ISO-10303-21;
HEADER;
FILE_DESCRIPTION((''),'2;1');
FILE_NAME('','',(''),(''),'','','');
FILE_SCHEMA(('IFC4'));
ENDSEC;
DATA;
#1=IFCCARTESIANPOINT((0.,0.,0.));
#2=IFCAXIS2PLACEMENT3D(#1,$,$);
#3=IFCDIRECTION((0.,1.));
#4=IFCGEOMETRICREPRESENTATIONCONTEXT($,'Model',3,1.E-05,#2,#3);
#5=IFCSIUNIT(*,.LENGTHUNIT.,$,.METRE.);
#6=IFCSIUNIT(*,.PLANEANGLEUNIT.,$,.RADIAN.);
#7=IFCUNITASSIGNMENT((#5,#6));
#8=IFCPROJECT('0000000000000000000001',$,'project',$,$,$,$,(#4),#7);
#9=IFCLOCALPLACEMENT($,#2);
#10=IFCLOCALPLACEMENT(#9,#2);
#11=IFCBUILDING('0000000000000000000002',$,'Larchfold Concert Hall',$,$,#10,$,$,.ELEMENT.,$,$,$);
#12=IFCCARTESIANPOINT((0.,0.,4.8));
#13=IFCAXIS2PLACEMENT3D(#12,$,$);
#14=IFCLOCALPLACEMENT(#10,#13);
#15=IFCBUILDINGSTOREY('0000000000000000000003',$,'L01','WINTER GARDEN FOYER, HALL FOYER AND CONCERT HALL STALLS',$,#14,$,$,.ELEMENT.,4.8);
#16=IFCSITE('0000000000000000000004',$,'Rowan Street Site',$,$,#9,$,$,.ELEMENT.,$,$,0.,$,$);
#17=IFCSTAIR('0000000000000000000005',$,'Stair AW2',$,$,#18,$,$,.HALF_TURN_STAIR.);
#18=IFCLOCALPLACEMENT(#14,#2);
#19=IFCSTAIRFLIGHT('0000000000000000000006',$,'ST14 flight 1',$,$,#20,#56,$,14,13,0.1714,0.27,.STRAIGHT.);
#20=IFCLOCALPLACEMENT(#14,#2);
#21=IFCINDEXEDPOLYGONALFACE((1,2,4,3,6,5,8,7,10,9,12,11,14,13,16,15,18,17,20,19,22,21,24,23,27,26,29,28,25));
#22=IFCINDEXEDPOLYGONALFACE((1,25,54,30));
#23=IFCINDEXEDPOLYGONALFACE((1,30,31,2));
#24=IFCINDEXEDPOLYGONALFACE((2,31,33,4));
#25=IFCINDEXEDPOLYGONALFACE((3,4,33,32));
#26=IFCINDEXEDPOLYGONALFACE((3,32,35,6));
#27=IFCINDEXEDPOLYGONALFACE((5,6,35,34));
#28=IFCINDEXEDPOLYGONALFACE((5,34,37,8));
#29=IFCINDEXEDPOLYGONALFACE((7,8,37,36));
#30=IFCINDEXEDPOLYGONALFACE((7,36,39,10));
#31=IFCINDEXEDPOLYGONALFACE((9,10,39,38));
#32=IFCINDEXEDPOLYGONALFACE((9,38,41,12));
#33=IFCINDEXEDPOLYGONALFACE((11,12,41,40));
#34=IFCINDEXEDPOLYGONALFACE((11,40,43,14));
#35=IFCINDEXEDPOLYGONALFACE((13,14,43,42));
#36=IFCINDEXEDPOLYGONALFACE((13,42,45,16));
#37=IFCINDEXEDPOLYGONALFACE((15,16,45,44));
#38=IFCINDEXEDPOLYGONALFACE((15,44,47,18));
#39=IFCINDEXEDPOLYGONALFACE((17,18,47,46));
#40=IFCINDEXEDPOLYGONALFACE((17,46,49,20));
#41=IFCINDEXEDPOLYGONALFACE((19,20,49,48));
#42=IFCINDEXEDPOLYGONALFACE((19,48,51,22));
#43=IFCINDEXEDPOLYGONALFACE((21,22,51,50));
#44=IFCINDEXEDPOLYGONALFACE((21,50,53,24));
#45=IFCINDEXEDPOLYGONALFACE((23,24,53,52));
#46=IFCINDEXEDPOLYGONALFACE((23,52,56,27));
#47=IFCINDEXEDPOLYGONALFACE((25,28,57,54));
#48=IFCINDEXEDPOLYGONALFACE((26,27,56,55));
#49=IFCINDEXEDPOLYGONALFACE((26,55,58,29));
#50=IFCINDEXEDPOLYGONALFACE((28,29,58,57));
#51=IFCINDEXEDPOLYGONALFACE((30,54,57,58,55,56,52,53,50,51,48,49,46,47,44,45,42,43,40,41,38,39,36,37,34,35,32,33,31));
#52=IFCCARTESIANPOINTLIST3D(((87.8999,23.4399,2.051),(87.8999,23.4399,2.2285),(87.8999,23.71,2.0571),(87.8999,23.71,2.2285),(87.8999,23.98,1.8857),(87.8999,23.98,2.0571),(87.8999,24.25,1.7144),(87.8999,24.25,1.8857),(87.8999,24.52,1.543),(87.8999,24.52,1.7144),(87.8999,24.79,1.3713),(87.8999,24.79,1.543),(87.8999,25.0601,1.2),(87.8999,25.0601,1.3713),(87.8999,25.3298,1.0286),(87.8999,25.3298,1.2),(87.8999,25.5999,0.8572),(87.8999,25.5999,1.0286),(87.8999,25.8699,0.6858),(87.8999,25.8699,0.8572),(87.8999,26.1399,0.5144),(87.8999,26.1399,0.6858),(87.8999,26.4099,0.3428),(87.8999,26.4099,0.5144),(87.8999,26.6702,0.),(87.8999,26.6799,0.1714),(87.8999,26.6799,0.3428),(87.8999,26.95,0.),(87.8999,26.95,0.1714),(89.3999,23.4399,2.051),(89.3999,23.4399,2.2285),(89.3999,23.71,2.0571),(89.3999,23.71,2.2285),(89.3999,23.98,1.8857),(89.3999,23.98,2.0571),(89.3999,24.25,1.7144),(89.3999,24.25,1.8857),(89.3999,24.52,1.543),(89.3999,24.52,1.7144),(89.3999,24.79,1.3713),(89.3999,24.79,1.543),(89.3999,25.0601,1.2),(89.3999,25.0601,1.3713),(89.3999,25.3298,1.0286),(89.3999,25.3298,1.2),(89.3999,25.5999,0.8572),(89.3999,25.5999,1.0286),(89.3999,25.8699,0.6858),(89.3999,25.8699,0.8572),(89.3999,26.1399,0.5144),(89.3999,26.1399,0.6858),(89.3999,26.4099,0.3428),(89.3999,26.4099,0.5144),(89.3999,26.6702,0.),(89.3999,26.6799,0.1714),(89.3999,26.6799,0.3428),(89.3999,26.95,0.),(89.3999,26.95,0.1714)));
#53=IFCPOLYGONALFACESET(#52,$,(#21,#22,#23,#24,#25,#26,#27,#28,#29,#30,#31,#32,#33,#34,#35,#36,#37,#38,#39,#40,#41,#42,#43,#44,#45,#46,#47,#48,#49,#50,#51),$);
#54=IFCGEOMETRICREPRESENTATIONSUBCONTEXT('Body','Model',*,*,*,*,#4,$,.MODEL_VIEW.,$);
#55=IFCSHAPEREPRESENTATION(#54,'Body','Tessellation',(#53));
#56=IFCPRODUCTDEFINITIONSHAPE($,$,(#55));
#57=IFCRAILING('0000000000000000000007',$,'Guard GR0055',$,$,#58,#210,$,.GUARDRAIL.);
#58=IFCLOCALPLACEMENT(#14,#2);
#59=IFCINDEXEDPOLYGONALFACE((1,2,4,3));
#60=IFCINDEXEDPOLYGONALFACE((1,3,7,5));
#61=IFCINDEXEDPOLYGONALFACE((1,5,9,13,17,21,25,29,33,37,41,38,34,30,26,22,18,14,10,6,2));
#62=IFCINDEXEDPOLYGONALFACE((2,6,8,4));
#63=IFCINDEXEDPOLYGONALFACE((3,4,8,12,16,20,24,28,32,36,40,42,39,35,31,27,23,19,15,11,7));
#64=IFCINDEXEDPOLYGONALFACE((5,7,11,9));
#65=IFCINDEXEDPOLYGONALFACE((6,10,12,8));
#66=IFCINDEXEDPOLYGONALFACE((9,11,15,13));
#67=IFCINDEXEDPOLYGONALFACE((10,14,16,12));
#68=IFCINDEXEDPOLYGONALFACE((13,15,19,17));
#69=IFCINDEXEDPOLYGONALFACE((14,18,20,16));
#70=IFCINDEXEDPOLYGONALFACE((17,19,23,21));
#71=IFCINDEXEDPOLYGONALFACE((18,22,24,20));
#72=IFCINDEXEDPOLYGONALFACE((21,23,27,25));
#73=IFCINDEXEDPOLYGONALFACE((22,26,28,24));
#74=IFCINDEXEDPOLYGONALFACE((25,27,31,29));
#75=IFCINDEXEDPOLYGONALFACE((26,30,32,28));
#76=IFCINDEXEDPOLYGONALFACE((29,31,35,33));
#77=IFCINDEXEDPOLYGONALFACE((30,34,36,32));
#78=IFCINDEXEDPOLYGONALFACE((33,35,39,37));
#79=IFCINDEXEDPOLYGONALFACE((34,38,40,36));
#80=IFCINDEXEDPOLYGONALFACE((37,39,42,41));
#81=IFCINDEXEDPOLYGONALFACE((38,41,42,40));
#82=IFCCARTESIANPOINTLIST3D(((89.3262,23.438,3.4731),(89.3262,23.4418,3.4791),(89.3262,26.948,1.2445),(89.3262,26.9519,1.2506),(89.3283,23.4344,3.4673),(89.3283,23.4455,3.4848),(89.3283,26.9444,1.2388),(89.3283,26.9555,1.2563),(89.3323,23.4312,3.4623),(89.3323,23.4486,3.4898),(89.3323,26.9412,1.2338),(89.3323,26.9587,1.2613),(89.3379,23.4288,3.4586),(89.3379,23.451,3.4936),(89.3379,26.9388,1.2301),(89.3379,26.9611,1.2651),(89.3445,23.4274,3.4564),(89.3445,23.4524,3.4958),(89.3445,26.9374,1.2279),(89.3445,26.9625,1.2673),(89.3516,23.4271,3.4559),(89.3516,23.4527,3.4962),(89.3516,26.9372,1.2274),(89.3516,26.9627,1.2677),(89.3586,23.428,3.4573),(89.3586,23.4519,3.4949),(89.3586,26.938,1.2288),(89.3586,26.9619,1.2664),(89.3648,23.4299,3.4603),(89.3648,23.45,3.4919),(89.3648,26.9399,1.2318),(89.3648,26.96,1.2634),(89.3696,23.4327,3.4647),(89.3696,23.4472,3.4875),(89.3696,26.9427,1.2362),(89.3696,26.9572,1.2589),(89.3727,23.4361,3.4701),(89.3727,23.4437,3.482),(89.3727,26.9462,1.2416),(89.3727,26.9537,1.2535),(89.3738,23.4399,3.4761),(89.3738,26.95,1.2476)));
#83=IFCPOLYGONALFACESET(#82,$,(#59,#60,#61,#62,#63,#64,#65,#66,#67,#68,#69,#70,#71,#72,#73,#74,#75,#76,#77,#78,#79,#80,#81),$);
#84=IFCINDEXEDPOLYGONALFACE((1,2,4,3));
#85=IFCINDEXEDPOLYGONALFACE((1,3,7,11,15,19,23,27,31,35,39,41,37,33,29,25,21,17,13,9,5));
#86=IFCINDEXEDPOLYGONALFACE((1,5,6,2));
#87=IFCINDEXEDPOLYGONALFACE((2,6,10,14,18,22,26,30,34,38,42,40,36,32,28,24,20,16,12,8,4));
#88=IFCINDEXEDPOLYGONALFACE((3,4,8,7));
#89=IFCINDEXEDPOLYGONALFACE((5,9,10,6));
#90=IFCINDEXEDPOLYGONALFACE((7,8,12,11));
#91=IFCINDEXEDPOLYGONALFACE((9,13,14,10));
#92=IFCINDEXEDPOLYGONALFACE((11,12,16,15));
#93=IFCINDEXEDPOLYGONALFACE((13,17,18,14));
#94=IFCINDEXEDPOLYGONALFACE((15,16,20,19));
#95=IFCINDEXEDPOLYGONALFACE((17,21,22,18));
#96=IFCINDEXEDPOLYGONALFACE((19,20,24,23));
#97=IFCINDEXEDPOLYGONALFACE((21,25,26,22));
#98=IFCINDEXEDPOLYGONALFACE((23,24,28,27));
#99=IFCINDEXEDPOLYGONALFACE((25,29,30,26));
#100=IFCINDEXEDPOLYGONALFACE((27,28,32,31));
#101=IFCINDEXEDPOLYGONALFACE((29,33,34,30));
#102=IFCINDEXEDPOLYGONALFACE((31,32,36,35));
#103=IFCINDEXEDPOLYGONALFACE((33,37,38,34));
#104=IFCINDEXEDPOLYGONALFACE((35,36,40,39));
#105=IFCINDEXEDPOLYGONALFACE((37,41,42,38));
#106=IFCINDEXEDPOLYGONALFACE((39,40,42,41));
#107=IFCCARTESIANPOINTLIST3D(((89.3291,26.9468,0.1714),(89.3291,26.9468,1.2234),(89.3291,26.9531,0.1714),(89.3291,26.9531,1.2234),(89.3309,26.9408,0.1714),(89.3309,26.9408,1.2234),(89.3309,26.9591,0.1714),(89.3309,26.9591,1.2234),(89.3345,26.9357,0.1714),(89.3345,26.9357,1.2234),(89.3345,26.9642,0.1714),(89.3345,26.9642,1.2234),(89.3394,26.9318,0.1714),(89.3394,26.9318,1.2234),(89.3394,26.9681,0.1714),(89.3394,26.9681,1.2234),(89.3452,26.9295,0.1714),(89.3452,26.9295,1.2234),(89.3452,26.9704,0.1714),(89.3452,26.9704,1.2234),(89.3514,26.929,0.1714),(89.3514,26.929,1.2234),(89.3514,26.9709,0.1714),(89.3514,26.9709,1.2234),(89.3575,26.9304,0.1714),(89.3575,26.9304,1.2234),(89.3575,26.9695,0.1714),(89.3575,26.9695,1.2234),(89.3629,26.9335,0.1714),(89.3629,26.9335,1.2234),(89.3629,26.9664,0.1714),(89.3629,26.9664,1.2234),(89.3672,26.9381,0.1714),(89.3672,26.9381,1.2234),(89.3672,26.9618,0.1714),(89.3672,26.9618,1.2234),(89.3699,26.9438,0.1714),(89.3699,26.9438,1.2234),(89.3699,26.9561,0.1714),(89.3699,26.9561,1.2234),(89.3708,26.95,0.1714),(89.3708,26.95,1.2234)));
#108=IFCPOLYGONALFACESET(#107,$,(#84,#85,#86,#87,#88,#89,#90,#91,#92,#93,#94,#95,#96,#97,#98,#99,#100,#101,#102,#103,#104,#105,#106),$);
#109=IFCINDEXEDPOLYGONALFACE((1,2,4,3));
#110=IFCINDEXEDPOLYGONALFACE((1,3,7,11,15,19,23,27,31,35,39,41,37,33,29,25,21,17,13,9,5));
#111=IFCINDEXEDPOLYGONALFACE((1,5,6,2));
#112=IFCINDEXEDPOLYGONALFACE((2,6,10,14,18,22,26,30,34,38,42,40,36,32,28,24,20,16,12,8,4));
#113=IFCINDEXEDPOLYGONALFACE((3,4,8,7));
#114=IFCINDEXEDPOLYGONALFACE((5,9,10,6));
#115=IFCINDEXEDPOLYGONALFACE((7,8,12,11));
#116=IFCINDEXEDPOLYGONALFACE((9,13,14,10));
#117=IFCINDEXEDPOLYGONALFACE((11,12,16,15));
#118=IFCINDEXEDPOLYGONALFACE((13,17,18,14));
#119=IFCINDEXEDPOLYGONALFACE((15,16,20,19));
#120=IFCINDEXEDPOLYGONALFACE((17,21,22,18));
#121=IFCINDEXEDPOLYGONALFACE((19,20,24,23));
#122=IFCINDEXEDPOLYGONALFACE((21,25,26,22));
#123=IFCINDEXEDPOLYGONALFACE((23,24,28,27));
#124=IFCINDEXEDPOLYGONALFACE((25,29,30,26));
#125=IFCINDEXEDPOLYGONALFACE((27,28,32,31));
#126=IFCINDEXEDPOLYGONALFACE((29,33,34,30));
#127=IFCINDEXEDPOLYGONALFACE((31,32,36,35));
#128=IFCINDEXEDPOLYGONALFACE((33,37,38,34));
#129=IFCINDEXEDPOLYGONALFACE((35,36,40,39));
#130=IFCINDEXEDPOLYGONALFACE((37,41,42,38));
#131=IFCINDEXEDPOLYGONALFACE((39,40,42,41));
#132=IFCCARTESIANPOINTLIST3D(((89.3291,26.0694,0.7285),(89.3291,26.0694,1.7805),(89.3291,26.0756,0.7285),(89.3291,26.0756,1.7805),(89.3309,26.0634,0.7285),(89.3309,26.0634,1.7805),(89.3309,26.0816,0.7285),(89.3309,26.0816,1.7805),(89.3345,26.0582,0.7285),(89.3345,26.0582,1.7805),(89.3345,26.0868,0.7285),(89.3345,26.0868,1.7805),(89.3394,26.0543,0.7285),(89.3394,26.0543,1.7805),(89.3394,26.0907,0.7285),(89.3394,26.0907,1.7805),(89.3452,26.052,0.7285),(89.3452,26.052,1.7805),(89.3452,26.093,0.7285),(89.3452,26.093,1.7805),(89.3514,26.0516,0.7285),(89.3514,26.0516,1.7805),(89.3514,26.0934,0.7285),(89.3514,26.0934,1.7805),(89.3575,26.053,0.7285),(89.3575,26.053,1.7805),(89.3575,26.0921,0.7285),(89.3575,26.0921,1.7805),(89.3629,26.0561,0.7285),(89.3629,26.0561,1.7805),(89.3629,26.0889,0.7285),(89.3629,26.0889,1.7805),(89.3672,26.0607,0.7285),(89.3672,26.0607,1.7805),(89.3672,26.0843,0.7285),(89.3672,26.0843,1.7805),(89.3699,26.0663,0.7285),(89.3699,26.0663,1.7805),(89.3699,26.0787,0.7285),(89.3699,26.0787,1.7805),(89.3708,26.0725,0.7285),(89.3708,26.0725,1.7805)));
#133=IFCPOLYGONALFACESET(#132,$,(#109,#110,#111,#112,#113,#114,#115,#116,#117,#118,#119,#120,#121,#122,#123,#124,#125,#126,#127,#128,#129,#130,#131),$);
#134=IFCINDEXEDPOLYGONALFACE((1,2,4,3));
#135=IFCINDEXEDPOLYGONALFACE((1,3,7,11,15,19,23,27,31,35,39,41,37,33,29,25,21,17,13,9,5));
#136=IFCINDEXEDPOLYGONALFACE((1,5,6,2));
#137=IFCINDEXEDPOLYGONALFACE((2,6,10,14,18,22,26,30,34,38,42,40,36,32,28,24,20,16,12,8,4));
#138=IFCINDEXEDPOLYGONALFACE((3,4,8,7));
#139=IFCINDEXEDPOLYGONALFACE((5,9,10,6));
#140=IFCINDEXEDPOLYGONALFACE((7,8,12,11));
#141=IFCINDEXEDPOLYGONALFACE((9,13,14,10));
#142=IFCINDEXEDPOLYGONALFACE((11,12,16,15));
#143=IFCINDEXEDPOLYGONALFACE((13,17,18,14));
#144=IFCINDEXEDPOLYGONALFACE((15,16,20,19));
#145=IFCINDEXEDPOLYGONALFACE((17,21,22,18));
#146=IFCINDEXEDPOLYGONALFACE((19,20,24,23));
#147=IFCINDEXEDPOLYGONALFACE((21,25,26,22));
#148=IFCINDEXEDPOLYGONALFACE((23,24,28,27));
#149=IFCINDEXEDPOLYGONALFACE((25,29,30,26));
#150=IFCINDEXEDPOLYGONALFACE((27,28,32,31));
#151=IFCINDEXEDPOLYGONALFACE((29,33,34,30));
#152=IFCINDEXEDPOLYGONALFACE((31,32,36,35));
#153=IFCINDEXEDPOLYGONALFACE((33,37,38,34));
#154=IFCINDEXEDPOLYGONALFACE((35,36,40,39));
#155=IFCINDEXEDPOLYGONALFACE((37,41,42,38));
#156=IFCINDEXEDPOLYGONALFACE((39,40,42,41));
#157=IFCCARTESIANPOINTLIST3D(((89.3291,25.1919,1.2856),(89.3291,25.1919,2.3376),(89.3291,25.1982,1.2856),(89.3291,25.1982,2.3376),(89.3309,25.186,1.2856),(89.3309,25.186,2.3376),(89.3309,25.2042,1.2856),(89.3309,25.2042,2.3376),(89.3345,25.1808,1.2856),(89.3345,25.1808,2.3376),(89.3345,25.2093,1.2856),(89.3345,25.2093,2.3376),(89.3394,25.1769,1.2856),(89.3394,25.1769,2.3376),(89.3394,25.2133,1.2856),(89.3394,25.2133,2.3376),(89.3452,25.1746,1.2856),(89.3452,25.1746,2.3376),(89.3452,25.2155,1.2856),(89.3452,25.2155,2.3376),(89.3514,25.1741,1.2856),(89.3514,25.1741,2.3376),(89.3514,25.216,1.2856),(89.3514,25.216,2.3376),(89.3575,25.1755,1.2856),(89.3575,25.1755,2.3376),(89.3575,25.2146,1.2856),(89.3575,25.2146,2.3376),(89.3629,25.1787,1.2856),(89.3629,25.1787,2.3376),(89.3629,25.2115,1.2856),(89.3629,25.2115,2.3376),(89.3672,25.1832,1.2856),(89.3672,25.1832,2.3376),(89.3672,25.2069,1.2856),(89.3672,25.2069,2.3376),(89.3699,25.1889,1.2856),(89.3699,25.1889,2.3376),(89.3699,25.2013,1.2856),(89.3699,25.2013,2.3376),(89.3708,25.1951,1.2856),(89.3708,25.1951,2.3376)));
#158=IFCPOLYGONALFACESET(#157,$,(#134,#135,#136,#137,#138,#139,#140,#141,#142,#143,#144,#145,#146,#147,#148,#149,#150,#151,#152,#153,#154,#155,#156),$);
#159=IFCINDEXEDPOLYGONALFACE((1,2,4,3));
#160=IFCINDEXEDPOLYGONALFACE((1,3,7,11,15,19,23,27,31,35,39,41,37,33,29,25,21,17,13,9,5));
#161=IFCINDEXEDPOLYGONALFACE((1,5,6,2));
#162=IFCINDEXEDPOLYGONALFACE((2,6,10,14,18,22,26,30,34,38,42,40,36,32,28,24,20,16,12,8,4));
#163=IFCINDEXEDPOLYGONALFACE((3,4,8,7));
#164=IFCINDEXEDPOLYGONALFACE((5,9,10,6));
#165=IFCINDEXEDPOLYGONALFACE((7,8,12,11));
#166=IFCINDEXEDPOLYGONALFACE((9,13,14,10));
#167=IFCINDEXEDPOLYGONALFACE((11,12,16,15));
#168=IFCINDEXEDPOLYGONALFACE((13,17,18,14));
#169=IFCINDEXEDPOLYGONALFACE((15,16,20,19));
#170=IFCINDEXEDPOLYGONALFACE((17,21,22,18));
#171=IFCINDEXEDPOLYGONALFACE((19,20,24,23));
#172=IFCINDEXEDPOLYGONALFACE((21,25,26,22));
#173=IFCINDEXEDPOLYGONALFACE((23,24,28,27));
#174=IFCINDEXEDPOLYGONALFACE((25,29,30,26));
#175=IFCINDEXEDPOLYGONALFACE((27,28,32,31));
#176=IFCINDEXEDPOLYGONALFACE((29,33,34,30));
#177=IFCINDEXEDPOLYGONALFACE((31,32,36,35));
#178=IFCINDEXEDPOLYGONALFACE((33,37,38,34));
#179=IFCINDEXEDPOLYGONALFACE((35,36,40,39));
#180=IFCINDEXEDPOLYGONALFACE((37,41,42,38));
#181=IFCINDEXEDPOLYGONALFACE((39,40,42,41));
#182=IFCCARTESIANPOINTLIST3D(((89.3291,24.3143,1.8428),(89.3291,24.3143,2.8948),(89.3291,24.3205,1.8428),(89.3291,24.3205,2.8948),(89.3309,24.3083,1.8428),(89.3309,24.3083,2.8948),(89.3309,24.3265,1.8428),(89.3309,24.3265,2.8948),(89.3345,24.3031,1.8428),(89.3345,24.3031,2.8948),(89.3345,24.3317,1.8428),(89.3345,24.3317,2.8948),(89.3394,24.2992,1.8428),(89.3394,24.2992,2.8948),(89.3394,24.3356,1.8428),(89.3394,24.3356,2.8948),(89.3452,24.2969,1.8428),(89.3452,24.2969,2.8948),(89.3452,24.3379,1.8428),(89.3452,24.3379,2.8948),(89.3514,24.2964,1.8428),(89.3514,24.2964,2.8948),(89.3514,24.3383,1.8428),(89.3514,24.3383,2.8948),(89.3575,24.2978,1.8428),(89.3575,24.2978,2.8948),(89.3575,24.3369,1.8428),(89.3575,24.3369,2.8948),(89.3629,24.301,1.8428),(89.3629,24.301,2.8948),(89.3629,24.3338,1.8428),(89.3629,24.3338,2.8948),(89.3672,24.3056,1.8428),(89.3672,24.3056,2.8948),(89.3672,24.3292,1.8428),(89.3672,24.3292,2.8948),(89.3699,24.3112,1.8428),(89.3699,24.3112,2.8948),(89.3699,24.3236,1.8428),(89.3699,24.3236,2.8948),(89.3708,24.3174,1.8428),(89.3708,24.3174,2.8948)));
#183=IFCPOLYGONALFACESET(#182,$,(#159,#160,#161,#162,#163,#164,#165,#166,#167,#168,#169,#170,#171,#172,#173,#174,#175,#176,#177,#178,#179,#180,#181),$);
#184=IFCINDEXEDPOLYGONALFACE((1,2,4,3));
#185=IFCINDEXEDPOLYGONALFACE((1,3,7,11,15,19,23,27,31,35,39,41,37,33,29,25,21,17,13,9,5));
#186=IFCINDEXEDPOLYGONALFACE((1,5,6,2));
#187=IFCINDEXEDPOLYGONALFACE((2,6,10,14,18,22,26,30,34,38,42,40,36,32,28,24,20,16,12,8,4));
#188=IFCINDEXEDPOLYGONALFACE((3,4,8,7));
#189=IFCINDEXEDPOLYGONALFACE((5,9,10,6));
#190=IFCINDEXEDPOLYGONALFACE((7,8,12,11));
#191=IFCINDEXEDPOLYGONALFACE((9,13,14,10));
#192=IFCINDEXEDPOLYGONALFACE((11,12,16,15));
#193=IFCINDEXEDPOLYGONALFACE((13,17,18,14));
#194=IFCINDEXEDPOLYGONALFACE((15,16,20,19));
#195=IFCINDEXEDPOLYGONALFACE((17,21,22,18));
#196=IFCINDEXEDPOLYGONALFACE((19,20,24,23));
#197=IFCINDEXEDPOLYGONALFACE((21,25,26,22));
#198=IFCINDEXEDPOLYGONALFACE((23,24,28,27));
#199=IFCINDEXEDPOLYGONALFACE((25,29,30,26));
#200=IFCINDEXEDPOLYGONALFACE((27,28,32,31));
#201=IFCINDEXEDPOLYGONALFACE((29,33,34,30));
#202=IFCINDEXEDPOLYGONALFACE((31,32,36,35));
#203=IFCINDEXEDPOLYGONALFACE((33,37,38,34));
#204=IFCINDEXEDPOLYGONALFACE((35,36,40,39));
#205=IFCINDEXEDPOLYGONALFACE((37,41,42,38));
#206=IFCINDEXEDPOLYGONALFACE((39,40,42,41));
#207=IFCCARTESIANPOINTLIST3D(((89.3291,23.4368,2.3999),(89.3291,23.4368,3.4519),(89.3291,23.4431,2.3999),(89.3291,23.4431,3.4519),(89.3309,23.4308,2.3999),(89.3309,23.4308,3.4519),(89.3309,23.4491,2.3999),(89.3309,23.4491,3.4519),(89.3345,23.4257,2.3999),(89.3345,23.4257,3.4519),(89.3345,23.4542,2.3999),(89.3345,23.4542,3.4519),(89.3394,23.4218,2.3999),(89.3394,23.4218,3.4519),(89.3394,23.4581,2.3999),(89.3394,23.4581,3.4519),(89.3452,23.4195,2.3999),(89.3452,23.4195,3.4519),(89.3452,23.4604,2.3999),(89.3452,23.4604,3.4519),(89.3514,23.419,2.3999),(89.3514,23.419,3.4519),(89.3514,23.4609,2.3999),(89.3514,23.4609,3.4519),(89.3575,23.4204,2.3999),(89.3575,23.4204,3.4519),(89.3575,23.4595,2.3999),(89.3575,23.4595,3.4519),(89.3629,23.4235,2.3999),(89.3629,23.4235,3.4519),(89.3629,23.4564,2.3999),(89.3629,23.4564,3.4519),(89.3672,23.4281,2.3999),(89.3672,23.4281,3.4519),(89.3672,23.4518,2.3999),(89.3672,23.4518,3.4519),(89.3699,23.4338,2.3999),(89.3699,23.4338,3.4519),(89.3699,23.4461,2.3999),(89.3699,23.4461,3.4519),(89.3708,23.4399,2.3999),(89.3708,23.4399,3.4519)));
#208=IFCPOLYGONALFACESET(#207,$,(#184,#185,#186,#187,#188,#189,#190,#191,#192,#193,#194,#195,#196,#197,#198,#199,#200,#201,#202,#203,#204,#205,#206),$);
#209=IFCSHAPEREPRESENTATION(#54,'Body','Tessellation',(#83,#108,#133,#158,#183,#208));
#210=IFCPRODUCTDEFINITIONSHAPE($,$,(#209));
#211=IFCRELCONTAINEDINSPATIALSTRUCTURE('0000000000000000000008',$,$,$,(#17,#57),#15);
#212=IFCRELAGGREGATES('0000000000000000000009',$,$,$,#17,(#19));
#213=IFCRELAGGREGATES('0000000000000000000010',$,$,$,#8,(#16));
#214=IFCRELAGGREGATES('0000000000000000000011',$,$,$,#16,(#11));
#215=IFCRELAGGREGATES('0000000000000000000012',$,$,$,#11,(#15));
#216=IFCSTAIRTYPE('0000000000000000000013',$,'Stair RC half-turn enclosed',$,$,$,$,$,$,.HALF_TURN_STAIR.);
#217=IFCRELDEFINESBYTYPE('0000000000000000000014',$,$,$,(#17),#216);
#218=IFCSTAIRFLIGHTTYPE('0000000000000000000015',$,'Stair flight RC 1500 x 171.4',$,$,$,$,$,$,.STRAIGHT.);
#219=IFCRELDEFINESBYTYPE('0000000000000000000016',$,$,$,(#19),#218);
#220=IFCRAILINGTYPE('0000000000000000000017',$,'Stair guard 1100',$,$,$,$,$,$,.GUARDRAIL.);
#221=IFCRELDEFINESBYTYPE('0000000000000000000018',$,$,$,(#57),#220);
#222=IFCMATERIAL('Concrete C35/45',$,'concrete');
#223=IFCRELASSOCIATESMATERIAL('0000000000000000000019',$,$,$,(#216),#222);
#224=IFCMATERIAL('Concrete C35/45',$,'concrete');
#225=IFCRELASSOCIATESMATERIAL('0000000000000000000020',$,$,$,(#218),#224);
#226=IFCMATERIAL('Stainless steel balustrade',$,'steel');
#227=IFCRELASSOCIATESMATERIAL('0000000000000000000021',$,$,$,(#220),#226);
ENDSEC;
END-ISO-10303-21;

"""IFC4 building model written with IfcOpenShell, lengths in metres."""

from ifc_helpers import new_model, si_unit, direction, frame, origin, origin_2d, place, context, subcontext, project, spatial, polyline, circle, outline, extrude, material, type_object, element, aggregate, save


model = new_model("IFC4")

# Units and contexts
model_context = context("Model", 3, precision=1e-05, world=origin(), true_north=direction((0.0, 1.0)))
body_context = subcontext(model_context, "Body", "Model", "MODEL_VIEW")
ifc_project = project(units=[si_unit("LENGTHUNIT", "METRE"), si_unit("PLANEANGLEUNIT", "RADIAN")], contexts=[model_context])

# Site, building, storey
site_placement = place(None, origin())
site = spatial("IfcSite", under=ifc_project, at=site_placement, Name="Rowan Street Site", CompositionType="ELEMENT", RefElevation=0.0)
building_placement = place(site_placement, origin())
building = spatial("IfcBuilding", under=site, at=building_placement, Name="Larchfold Concert Hall", CompositionType="ELEMENT")
storey_placement = place(building_placement, frame((0.0, 0.0, 4.8)))
storey = spatial("IfcBuildingStorey", under=building, at=storey_placement, Name="L01", Description="WINTER GARDEN FOYER, HALL FOYER AND CONCERT HALL STALLS", CompositionType="ELEMENT", Elevation=4.8)

# Stair, stair flight
ifc_material_1 = material(Name="Concrete C35/45", Category="concrete")
stair_type = type_object("IfcStairType", Name="Stair RC half-turn enclosed", PredefinedType="HALF_TURN_STAIR", material=ifc_material_1)
stair_placement = place(storey_placement, origin())
stair = element("IfcStair", 1, at=stair_placement, inside=storey, type_object=stair_type, Name="Stair AW2", PredefinedType="HALF_TURN_STAIR")
ifc_material_2 = material(Name="Concrete C35/45", Category="concrete")
stair_flight_type = type_object("IfcStairFlightType", Name="Stair flight RC 1500 x 171.4", PredefinedType="STRAIGHT", material=ifc_material_2)
stair_flight_placement = place(storey_placement, frame((88.6499, 26.95, 0.0), z_axis=(0.0, 0.0, 1.0), x_axis=(0.0, -1.0, 0.0)))
stair_flight = element("IfcStairFlight", 2, at=stair_flight_placement, type_object=stair_flight_type, Name="ST14 flight 1", NumberOfRisers=14, NumberOfTreads=13, PredefinedType="STRAIGHT", RiserHeight=0.1714, TreadLength=0.27, context=body_context, shape_type="SweptSolid", body=[
    extrude(outline(polyline([(0.0, 0.0), (0.0, 0.1714), (0.27, 0.1714), (0.27, 0.3428), (0.54, 0.3428), (0.54, 0.5144), (0.8101, 0.5144), (0.8101, 0.6858), (1.0801, 0.6858), (1.0801, 0.8572), (1.3501, 0.8572), (1.3501, 1.0286), (1.6201, 1.0286), (1.6201, 1.2), (1.8899, 1.2), (1.8899, 1.3713), (2.1599, 1.3713), (2.1599, 1.543), (2.4299, 1.543), (2.4299, 1.7144), (2.7, 1.7144), (2.7, 1.8857), (2.97, 1.8857), (2.97, 2.0571), (3.24, 2.0571), (3.24, 2.2285), (3.51, 2.2285), (3.51, 2.3999), (3.51, 2.051), (0.2798, 0.0), (0.0, 0.0)])), frame((0.0, 0.75, 0.0), z_axis=(0.0, -1.0, 0.0), x_axis=(1.0, 0.0, 0.0)), (0.0, 0.0, 1.0), 1.5),
])
aggregate(stair, [stair_flight])

# Railing
ifc_material_3 = material(Name="Stainless steel balustrade", Category="steel")
railing_type_1 = type_object("IfcRailingType", Name="Stair guard 1100", PredefinedType="GUARDRAIL", material=ifc_material_3)
railing_1_placement = place(storey_placement, frame((89.3499, 26.95, 0.1714)))
element("IfcRailing", 3, at=railing_1_placement, inside=storey, type_object=railing_type_1, Name="Guard GR0055", PredefinedType="GUARDRAIL", context=body_context, shape_type="SweptSolid", body=[
    extrude(circle(Radius=0.0239, at=origin_2d()), frame((0.0, 0.0, 1.0762), z_axis=(0.0, -0.84422, 0.535998), x_axis=(1.0, 0.0, 0.0)), (0.0, 0.0, 1.0), 4.1577),
    extrude(circle(Radius=0.021, at=origin_2d()), origin(), (0.0, 0.0, 1.0), 1.052),
    extrude(circle(Radius=0.021, at=origin_2d()), frame((0.0, -0.8774, 0.5571)), (0.0, 0.0, 1.0), 1.052),
    extrude(circle(Radius=0.021, at=origin_2d()), frame((0.0, -1.7549, 1.1143)), (0.0, 0.0, 1.0), 1.052),
    extrude(circle(Radius=0.021, at=origin_2d()), frame((0.0, -2.6326, 1.6714)), (0.0, 0.0, 1.0), 1.052),
    extrude(circle(Radius=0.021, at=origin_2d()), frame((0.0, -3.51, 2.2285)), (0.0, 0.0, 1.0), 1.052),
])

save(model, "model.ifc")
